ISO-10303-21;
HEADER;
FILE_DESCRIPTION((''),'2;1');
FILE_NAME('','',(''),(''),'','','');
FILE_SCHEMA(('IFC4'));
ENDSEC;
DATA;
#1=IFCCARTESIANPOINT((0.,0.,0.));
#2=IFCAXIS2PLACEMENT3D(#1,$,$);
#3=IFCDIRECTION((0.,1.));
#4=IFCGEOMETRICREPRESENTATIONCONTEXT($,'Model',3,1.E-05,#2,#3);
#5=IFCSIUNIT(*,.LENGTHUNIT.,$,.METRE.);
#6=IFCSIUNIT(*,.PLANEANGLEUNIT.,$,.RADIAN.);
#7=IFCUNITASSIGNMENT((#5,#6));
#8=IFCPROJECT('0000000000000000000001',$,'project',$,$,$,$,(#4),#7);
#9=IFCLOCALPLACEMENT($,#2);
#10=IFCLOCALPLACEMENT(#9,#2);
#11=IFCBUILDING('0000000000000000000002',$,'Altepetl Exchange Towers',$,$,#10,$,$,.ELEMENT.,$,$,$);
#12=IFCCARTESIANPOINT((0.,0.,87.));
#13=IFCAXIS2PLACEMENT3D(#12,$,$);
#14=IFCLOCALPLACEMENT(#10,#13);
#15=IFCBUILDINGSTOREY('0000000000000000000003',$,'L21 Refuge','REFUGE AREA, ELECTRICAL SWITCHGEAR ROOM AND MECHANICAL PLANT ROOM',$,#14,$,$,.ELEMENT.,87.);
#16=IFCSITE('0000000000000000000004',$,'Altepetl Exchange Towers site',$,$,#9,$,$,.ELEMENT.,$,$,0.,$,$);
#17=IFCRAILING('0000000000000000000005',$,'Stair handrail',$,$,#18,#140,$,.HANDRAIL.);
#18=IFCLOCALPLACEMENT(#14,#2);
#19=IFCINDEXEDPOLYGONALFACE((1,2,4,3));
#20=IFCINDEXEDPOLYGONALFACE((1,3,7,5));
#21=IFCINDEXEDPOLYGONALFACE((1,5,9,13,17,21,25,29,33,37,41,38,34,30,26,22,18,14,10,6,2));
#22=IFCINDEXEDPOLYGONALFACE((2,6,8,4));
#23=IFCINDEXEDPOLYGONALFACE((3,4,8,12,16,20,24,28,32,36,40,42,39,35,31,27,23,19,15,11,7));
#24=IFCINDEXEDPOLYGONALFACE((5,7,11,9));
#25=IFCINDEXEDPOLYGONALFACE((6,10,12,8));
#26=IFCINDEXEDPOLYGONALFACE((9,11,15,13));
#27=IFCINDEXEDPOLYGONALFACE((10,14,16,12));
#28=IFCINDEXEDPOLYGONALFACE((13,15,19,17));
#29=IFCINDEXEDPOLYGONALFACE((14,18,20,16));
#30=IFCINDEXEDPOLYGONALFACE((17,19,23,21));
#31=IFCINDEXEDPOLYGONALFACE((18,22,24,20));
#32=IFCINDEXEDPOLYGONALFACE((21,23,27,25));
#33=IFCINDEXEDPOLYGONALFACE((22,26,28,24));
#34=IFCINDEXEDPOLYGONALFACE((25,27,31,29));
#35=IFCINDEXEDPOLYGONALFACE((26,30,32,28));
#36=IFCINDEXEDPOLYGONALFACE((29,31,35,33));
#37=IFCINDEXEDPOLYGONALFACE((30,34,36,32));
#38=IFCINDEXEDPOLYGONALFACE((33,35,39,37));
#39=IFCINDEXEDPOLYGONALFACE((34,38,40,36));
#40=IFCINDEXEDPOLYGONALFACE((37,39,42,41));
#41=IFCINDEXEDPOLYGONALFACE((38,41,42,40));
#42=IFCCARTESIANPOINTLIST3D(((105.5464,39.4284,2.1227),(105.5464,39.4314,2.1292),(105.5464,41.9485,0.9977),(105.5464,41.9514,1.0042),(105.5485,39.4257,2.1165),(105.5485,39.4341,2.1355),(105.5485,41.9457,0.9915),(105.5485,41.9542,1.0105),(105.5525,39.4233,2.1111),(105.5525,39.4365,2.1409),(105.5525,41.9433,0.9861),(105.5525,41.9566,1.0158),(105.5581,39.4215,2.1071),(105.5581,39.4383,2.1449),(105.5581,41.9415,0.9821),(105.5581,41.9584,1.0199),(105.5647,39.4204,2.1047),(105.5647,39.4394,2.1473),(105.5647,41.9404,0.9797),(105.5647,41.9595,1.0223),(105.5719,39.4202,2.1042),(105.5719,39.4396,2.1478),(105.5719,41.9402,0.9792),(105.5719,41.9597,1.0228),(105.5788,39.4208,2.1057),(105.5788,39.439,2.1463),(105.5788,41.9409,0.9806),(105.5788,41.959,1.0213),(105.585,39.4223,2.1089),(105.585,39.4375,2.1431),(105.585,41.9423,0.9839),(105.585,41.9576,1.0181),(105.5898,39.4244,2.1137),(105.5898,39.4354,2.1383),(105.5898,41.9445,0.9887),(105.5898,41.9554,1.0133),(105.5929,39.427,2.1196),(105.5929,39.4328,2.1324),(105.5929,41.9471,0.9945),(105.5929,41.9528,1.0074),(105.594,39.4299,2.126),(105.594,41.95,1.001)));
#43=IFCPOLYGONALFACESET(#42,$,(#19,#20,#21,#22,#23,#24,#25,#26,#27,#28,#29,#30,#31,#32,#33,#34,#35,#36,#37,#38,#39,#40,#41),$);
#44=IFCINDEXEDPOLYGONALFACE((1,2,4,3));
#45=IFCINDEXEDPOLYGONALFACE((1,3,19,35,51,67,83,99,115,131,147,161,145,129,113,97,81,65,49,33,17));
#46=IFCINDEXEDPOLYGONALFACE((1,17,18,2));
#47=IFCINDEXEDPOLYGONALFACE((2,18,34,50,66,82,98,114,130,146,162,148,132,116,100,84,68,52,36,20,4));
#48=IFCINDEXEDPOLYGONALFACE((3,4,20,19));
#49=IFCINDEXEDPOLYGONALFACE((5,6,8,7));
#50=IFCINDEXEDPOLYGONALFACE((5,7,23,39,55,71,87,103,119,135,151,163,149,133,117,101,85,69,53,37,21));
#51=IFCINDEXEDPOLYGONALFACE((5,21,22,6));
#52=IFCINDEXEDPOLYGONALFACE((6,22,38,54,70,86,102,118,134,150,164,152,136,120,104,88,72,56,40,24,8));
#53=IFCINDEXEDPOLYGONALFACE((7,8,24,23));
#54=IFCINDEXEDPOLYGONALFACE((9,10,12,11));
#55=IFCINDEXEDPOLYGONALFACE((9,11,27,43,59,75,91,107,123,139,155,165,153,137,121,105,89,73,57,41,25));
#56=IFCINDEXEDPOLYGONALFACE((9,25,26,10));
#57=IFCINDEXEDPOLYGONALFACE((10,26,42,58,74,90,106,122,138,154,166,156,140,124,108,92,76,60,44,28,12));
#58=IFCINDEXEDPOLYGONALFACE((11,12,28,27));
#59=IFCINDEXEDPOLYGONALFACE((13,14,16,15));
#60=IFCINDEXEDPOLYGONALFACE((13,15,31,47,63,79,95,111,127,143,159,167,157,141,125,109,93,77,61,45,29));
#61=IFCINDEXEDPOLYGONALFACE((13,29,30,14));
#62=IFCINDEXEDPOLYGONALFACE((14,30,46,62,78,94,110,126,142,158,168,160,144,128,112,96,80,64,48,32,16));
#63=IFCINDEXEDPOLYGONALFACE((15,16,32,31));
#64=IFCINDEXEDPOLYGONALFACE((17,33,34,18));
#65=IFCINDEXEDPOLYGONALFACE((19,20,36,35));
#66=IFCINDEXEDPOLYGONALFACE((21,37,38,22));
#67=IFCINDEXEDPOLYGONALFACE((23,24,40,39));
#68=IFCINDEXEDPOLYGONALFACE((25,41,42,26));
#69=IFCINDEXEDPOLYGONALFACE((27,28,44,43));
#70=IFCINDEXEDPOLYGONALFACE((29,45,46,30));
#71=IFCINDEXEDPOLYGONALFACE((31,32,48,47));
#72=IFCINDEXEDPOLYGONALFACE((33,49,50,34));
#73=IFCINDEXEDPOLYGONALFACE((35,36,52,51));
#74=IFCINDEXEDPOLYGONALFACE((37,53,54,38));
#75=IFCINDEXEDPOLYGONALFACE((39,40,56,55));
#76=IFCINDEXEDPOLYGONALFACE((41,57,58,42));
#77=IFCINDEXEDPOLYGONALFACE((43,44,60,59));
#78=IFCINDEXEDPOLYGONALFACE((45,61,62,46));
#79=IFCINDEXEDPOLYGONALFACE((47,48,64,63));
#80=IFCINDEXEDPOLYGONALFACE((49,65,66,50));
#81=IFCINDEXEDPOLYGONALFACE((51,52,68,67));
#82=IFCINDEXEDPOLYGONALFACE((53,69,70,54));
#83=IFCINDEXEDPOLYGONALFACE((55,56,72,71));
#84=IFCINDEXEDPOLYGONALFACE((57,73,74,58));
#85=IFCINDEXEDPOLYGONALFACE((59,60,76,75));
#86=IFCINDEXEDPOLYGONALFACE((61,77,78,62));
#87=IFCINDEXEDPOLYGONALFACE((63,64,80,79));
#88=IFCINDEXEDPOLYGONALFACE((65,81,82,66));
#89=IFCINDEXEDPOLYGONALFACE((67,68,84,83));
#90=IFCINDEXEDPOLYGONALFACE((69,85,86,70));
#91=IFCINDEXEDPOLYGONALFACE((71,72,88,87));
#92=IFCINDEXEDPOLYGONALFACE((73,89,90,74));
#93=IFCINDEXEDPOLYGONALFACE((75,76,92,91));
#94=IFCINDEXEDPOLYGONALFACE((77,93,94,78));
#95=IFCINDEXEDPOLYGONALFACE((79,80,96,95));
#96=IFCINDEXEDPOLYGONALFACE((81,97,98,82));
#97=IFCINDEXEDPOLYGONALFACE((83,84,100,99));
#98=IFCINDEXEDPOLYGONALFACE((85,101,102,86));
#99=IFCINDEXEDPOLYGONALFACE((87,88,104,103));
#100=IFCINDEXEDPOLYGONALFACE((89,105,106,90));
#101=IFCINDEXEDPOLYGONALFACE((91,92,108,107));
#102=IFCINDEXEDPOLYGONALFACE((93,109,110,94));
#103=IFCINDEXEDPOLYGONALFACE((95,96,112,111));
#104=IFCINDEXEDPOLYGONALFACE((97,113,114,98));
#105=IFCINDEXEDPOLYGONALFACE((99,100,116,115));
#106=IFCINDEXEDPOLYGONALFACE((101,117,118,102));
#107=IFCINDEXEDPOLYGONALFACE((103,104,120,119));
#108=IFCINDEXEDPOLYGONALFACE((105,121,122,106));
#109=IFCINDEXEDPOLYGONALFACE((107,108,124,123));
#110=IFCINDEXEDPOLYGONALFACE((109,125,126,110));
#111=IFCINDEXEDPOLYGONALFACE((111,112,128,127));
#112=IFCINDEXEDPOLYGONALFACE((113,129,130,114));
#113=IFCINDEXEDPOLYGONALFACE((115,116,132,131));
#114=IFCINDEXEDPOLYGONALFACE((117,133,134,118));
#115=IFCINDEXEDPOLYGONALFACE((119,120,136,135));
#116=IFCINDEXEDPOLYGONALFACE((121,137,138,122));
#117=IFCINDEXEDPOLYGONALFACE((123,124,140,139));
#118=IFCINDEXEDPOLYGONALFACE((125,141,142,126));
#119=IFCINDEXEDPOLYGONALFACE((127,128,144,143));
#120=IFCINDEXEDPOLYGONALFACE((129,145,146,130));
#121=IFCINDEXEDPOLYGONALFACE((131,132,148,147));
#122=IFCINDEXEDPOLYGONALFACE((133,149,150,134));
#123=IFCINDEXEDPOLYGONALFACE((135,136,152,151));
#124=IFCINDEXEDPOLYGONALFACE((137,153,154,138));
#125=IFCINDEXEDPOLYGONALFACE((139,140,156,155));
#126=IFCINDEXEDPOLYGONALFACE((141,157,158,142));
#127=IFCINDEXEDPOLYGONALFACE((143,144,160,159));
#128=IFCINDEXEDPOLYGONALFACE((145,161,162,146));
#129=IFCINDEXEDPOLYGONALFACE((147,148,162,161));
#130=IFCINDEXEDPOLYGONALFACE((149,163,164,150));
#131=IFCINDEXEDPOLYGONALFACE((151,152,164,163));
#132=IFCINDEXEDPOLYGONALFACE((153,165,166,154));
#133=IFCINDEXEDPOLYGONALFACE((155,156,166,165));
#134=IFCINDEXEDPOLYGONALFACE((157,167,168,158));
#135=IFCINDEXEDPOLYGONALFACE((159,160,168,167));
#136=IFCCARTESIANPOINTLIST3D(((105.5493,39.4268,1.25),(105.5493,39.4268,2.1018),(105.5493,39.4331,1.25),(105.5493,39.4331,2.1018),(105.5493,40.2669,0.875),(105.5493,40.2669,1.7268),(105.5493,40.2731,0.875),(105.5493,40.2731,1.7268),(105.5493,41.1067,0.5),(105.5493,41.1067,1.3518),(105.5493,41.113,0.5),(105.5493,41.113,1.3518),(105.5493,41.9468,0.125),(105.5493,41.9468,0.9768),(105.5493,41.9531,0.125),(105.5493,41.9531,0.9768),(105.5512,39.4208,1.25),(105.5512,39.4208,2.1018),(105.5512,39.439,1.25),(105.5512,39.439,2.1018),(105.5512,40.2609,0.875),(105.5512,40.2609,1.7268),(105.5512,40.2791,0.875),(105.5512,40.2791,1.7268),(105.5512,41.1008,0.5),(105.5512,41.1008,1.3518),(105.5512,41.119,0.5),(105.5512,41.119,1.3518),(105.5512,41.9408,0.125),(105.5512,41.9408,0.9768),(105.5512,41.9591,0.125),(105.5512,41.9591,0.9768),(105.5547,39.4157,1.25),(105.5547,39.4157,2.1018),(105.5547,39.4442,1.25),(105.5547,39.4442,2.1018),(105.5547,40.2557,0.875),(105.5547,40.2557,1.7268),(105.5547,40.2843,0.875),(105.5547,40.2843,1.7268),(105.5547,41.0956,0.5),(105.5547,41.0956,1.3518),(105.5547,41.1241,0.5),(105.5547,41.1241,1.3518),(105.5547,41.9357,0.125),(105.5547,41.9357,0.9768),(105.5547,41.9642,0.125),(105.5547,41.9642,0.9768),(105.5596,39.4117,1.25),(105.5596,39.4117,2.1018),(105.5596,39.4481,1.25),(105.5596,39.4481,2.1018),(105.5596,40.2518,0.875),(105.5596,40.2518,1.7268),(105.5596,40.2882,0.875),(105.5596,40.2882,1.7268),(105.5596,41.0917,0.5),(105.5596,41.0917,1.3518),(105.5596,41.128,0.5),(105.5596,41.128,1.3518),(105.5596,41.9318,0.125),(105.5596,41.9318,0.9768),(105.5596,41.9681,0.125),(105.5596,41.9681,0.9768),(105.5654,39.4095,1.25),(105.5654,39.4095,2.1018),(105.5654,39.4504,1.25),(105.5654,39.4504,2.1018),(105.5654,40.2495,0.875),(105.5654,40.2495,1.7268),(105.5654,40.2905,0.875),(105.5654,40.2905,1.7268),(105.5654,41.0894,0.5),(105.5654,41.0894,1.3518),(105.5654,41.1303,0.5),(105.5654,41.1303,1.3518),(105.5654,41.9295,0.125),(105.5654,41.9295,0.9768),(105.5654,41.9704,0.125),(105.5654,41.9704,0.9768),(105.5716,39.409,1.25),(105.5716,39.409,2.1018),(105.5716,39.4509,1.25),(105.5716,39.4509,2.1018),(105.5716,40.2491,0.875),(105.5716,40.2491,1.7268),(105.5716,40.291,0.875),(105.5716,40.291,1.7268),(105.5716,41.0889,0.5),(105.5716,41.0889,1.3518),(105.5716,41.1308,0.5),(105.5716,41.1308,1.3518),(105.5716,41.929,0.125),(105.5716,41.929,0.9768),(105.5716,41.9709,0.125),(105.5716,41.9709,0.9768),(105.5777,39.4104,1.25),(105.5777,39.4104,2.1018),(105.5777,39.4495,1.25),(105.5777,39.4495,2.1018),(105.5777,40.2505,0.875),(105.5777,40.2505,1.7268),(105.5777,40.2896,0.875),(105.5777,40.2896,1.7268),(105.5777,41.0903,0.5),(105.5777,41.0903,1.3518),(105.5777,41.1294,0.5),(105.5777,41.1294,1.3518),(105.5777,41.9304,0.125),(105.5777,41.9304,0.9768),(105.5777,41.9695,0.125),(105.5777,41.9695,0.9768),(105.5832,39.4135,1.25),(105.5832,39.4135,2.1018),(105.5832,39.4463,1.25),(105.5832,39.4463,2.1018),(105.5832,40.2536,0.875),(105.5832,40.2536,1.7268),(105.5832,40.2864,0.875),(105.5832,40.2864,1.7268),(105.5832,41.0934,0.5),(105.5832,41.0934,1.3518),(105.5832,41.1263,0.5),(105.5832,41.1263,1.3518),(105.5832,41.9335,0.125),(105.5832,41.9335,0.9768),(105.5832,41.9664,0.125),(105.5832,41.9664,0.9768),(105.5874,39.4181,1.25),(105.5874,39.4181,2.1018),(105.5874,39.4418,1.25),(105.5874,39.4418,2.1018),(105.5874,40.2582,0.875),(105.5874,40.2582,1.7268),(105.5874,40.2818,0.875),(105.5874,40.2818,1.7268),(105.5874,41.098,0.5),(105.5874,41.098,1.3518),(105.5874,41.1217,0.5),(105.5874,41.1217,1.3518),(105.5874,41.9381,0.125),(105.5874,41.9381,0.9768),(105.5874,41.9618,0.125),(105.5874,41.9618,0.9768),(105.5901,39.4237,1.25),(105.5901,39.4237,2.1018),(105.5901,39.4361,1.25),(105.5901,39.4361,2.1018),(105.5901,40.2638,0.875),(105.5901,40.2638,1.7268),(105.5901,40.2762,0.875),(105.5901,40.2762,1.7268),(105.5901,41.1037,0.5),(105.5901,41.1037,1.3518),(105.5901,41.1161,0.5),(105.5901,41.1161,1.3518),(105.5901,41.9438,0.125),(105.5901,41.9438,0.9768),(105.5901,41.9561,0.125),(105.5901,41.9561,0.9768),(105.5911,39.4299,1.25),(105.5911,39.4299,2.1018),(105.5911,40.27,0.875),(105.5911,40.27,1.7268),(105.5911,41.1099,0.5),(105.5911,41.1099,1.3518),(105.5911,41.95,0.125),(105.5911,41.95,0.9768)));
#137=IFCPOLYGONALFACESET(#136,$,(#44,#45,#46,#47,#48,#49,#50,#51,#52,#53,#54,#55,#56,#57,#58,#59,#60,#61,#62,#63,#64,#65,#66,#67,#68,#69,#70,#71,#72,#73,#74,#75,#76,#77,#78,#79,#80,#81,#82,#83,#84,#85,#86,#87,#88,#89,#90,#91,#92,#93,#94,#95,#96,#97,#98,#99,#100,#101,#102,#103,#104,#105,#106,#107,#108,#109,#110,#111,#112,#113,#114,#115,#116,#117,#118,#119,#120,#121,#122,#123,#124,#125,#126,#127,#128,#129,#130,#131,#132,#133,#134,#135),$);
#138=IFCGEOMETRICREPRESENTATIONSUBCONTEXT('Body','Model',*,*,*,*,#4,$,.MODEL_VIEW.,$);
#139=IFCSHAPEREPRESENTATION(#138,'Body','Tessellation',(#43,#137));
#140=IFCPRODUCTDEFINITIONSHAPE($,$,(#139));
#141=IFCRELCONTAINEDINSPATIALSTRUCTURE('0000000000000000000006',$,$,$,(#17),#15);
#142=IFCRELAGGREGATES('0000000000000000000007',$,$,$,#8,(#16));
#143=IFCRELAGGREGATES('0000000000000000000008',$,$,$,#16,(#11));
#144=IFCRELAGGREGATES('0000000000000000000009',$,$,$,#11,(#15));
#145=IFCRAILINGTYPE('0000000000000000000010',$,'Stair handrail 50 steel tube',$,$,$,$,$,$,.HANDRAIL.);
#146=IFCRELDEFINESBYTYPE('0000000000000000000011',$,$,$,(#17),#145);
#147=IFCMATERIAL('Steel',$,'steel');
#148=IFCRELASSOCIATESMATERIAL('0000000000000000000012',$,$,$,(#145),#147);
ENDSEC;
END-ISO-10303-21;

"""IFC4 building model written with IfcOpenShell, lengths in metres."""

from ifc_helpers import new_model, si_unit, direction, frame, origin, origin_2d, place, context, subcontext, project, spatial, circle, extrude, source, transform, mapped, material, type_object, element, save


model = new_model("IFC4")

# Units and contexts
model_context = context("Model", 3, precision=1e-05, world=origin(), true_north=direction((0.0, 1.0)))
body_context = subcontext(model_context, "Body", "Model", "MODEL_VIEW")
ifc_project = project(units=[si_unit("LENGTHUNIT", "METRE"), si_unit("PLANEANGLEUNIT", "RADIAN")], contexts=[model_context])

# Site, building, storey
site_placement = place(None, origin())
site = spatial("IfcSite", under=ifc_project, at=site_placement, Name="Altepetl Exchange Towers site", CompositionType="ELEMENT", RefElevation=0.0)
building_placement = place(site_placement, origin())
building = spatial("IfcBuilding", under=site, at=building_placement, Name="Altepetl Exchange Towers", CompositionType="ELEMENT")
storey_placement = place(building_placement, frame((0.0, 0.0, 87.0)))
storey = spatial("IfcBuildingStorey", under=building, at=storey_placement, Name="L21 Refuge", Description="REFUGE AREA, ELECTRICAL SWITCHGEAR ROOM AND MECHANICAL PLANT ROOM", CompositionType="ELEMENT", Elevation=87.0)

# Railing
ifc_material_1 = material(Name="Steel", Category="steel")
railing_type = type_object("IfcRailingType", Name="Stair handrail 50 steel tube", PredefinedType="HANDRAIL", material=ifc_material_1)
shared_shape = source(origin(), body_context, "Body", "SweptSolid", [
    extrude(circle(Radius=0.021, at=origin_2d()), origin(), (0.0, 0.0, 1.0), 0.8518),
])
for number, where, name in (
    (1, (105.5701, 41.95, 0.125), "Stair handrail"),
):
    element("IfcRailing", number, at=place(storey_placement, frame(where)), inside=storey, type_object=railing_type, Name=name, PredefinedType="HANDRAIL", context=body_context, shape_type="SweptSolid", body=[
        extrude(circle(Radius=0.0239, at=origin_2d()), frame((0.0, 0.0, 0.876), z_axis=(0.0, -0.913139, 0.407648), x_axis=(1.0, 0.0, 0.0)), (0.0, 0.0, 1.0), 2.7598),
        mapped(shared_shape, transform((0.0, 0.0, 0.0))),
        mapped(shared_shape, transform((0.0, -0.8401, 0.375))),
        mapped(shared_shape, transform((0.0, -1.6799, 0.75))),
        mapped(shared_shape, transform((0.0, -2.52, 1.125))),
    ])

save(model, "model.ifc")
